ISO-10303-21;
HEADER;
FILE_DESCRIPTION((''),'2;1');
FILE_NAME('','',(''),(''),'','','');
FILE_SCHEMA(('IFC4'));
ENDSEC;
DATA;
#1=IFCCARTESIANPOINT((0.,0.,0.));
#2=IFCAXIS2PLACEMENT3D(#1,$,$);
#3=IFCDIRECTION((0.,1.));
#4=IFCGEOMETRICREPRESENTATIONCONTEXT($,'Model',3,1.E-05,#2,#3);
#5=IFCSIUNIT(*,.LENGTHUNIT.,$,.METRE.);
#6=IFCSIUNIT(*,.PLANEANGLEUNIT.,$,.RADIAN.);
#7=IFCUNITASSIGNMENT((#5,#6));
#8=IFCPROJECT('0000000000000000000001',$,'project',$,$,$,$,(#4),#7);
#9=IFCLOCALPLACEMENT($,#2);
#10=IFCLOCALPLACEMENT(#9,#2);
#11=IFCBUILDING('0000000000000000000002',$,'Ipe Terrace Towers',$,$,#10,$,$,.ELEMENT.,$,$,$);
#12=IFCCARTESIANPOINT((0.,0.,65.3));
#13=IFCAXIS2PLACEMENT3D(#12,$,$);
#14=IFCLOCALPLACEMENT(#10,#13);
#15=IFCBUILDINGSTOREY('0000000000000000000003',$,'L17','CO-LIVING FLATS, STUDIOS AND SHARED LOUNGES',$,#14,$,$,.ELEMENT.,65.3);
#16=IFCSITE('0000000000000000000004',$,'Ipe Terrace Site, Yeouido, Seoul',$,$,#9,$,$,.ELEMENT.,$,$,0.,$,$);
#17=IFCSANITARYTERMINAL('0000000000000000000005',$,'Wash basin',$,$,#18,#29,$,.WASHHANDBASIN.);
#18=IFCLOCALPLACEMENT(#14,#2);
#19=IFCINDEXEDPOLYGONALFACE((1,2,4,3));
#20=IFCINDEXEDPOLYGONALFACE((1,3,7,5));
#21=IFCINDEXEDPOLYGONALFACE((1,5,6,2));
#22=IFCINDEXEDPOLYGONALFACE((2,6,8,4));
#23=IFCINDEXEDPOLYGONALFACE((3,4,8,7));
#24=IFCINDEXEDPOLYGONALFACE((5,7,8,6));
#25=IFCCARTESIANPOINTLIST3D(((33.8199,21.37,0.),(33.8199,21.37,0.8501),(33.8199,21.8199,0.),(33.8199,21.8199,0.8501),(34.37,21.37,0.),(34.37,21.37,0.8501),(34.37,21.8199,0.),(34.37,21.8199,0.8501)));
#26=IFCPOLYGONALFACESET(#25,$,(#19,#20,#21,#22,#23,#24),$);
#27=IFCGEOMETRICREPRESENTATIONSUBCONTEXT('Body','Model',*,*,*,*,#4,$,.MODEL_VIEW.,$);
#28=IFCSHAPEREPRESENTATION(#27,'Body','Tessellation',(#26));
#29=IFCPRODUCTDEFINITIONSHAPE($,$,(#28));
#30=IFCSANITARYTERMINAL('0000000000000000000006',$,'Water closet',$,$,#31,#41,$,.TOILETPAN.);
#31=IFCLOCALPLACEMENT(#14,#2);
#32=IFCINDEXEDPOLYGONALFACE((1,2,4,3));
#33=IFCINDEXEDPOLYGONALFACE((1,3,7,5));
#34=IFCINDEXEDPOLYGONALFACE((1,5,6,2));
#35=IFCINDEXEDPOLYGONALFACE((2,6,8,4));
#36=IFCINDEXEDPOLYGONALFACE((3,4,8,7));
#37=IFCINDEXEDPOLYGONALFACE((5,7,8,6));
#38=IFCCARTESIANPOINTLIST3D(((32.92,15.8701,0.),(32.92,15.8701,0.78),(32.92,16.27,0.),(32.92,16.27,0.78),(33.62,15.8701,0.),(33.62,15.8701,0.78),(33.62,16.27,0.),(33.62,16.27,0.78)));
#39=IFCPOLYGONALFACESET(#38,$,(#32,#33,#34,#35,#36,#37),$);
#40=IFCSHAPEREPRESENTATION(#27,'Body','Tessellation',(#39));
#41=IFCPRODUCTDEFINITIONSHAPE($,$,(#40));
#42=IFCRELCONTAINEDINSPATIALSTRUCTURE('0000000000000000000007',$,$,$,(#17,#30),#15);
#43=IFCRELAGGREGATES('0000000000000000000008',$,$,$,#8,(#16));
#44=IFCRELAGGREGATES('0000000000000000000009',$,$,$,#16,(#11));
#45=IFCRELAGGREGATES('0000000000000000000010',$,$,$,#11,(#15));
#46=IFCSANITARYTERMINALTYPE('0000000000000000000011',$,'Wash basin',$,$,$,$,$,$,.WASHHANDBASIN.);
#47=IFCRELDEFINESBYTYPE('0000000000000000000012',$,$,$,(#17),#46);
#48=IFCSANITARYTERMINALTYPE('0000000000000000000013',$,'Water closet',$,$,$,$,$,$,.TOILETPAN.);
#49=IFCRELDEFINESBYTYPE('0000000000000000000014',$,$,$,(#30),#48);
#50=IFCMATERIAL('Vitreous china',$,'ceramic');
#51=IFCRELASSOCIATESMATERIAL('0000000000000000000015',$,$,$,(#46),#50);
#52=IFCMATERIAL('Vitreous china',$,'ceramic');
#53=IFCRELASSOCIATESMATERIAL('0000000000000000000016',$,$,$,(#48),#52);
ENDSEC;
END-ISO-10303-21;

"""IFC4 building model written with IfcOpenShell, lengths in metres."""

from ifc_helpers import new_model, si_unit, direction, frame, origin, origin_2d, place, context, subcontext, project, spatial, rectangle, extrude, material, type_object, element, save


model = new_model("IFC4")

# Units and contexts
model_context = context("Model", 3, precision=1e-05, world=origin(), true_north=direction((0.0, 1.0)))
body_context = subcontext(model_context, "Body", "Model", "MODEL_VIEW")
ifc_project = project(units=[si_unit("LENGTHUNIT", "METRE"), si_unit("PLANEANGLEUNIT", "RADIAN")], contexts=[model_context])

# Site, building, storey
site_placement = place(None, origin())
site = spatial("IfcSite", under=ifc_project, at=site_placement, Name="Ipe Terrace Site, Yeouido, Seoul", CompositionType="ELEMENT", RefElevation=0.0)
building_placement = place(site_placement, origin())
building = spatial("IfcBuilding", under=site, at=building_placement, Name="Ipe Terrace Towers", CompositionType="ELEMENT")
storey_placement = place(building_placement, frame((0.0, 0.0, 65.3)))
storey = spatial("IfcBuildingStorey", under=building, at=storey_placement, Name="L17", Description="CO-LIVING FLATS, STUDIOS AND SHARED LOUNGES", CompositionType="ELEMENT", Elevation=65.3)

# Sanitary terminals
ifc_material_1 = material(Name="Vitreous china", Category="ceramic")
sanitary_terminal_type_1 = type_object("IfcSanitaryTerminalType", Name="Wash basin", PredefinedType="WASHHANDBASIN", material=ifc_material_1)
for number, where, z_axis, x_axis, name in (
    (1, (34.095, 21.595, 0.0), (0.0, 0.0, 1.0), (1.0, 0.0, 0.0), "Wash basin"),
):
    element("IfcSanitaryTerminal", number, at=place(storey_placement, frame(where, z_axis=z_axis, x_axis=x_axis)), inside=storey, type_object=sanitary_terminal_type_1, Name=name, PredefinedType="WASHHANDBASIN", context=body_context, shape_type="SweptSolid", body=[
        extrude(rectangle(XDim=0.55, YDim=0.45, at=origin_2d()), origin(), (0.0, 0.0, 1.0), 0.8501),
    ])
ifc_material_2 = material(Name="Vitreous china", Category="ceramic")
sanitary_terminal_type_2 = type_object("IfcSanitaryTerminalType", Name="Water closet", PredefinedType="TOILETPAN", material=ifc_material_2)
sanitary_terminal_1_placement = place(storey_placement, frame((33.27, 16.0701, 0.0), z_axis=(0.0, 0.0, 1.0), x_axis=(1.0, 0.0, 0.0)))
element("IfcSanitaryTerminal", 2, at=sanitary_terminal_1_placement, inside=storey, type_object=sanitary_terminal_type_2, Name="Water closet", PredefinedType="TOILETPAN", context=body_context, shape_type="SweptSolid", body=[
    extrude(rectangle(XDim=0.7, YDim=0.3999, at=origin_2d()), origin(), (0.0, 0.0, 1.0), 0.78),
])

save(model, "model.ifc")
